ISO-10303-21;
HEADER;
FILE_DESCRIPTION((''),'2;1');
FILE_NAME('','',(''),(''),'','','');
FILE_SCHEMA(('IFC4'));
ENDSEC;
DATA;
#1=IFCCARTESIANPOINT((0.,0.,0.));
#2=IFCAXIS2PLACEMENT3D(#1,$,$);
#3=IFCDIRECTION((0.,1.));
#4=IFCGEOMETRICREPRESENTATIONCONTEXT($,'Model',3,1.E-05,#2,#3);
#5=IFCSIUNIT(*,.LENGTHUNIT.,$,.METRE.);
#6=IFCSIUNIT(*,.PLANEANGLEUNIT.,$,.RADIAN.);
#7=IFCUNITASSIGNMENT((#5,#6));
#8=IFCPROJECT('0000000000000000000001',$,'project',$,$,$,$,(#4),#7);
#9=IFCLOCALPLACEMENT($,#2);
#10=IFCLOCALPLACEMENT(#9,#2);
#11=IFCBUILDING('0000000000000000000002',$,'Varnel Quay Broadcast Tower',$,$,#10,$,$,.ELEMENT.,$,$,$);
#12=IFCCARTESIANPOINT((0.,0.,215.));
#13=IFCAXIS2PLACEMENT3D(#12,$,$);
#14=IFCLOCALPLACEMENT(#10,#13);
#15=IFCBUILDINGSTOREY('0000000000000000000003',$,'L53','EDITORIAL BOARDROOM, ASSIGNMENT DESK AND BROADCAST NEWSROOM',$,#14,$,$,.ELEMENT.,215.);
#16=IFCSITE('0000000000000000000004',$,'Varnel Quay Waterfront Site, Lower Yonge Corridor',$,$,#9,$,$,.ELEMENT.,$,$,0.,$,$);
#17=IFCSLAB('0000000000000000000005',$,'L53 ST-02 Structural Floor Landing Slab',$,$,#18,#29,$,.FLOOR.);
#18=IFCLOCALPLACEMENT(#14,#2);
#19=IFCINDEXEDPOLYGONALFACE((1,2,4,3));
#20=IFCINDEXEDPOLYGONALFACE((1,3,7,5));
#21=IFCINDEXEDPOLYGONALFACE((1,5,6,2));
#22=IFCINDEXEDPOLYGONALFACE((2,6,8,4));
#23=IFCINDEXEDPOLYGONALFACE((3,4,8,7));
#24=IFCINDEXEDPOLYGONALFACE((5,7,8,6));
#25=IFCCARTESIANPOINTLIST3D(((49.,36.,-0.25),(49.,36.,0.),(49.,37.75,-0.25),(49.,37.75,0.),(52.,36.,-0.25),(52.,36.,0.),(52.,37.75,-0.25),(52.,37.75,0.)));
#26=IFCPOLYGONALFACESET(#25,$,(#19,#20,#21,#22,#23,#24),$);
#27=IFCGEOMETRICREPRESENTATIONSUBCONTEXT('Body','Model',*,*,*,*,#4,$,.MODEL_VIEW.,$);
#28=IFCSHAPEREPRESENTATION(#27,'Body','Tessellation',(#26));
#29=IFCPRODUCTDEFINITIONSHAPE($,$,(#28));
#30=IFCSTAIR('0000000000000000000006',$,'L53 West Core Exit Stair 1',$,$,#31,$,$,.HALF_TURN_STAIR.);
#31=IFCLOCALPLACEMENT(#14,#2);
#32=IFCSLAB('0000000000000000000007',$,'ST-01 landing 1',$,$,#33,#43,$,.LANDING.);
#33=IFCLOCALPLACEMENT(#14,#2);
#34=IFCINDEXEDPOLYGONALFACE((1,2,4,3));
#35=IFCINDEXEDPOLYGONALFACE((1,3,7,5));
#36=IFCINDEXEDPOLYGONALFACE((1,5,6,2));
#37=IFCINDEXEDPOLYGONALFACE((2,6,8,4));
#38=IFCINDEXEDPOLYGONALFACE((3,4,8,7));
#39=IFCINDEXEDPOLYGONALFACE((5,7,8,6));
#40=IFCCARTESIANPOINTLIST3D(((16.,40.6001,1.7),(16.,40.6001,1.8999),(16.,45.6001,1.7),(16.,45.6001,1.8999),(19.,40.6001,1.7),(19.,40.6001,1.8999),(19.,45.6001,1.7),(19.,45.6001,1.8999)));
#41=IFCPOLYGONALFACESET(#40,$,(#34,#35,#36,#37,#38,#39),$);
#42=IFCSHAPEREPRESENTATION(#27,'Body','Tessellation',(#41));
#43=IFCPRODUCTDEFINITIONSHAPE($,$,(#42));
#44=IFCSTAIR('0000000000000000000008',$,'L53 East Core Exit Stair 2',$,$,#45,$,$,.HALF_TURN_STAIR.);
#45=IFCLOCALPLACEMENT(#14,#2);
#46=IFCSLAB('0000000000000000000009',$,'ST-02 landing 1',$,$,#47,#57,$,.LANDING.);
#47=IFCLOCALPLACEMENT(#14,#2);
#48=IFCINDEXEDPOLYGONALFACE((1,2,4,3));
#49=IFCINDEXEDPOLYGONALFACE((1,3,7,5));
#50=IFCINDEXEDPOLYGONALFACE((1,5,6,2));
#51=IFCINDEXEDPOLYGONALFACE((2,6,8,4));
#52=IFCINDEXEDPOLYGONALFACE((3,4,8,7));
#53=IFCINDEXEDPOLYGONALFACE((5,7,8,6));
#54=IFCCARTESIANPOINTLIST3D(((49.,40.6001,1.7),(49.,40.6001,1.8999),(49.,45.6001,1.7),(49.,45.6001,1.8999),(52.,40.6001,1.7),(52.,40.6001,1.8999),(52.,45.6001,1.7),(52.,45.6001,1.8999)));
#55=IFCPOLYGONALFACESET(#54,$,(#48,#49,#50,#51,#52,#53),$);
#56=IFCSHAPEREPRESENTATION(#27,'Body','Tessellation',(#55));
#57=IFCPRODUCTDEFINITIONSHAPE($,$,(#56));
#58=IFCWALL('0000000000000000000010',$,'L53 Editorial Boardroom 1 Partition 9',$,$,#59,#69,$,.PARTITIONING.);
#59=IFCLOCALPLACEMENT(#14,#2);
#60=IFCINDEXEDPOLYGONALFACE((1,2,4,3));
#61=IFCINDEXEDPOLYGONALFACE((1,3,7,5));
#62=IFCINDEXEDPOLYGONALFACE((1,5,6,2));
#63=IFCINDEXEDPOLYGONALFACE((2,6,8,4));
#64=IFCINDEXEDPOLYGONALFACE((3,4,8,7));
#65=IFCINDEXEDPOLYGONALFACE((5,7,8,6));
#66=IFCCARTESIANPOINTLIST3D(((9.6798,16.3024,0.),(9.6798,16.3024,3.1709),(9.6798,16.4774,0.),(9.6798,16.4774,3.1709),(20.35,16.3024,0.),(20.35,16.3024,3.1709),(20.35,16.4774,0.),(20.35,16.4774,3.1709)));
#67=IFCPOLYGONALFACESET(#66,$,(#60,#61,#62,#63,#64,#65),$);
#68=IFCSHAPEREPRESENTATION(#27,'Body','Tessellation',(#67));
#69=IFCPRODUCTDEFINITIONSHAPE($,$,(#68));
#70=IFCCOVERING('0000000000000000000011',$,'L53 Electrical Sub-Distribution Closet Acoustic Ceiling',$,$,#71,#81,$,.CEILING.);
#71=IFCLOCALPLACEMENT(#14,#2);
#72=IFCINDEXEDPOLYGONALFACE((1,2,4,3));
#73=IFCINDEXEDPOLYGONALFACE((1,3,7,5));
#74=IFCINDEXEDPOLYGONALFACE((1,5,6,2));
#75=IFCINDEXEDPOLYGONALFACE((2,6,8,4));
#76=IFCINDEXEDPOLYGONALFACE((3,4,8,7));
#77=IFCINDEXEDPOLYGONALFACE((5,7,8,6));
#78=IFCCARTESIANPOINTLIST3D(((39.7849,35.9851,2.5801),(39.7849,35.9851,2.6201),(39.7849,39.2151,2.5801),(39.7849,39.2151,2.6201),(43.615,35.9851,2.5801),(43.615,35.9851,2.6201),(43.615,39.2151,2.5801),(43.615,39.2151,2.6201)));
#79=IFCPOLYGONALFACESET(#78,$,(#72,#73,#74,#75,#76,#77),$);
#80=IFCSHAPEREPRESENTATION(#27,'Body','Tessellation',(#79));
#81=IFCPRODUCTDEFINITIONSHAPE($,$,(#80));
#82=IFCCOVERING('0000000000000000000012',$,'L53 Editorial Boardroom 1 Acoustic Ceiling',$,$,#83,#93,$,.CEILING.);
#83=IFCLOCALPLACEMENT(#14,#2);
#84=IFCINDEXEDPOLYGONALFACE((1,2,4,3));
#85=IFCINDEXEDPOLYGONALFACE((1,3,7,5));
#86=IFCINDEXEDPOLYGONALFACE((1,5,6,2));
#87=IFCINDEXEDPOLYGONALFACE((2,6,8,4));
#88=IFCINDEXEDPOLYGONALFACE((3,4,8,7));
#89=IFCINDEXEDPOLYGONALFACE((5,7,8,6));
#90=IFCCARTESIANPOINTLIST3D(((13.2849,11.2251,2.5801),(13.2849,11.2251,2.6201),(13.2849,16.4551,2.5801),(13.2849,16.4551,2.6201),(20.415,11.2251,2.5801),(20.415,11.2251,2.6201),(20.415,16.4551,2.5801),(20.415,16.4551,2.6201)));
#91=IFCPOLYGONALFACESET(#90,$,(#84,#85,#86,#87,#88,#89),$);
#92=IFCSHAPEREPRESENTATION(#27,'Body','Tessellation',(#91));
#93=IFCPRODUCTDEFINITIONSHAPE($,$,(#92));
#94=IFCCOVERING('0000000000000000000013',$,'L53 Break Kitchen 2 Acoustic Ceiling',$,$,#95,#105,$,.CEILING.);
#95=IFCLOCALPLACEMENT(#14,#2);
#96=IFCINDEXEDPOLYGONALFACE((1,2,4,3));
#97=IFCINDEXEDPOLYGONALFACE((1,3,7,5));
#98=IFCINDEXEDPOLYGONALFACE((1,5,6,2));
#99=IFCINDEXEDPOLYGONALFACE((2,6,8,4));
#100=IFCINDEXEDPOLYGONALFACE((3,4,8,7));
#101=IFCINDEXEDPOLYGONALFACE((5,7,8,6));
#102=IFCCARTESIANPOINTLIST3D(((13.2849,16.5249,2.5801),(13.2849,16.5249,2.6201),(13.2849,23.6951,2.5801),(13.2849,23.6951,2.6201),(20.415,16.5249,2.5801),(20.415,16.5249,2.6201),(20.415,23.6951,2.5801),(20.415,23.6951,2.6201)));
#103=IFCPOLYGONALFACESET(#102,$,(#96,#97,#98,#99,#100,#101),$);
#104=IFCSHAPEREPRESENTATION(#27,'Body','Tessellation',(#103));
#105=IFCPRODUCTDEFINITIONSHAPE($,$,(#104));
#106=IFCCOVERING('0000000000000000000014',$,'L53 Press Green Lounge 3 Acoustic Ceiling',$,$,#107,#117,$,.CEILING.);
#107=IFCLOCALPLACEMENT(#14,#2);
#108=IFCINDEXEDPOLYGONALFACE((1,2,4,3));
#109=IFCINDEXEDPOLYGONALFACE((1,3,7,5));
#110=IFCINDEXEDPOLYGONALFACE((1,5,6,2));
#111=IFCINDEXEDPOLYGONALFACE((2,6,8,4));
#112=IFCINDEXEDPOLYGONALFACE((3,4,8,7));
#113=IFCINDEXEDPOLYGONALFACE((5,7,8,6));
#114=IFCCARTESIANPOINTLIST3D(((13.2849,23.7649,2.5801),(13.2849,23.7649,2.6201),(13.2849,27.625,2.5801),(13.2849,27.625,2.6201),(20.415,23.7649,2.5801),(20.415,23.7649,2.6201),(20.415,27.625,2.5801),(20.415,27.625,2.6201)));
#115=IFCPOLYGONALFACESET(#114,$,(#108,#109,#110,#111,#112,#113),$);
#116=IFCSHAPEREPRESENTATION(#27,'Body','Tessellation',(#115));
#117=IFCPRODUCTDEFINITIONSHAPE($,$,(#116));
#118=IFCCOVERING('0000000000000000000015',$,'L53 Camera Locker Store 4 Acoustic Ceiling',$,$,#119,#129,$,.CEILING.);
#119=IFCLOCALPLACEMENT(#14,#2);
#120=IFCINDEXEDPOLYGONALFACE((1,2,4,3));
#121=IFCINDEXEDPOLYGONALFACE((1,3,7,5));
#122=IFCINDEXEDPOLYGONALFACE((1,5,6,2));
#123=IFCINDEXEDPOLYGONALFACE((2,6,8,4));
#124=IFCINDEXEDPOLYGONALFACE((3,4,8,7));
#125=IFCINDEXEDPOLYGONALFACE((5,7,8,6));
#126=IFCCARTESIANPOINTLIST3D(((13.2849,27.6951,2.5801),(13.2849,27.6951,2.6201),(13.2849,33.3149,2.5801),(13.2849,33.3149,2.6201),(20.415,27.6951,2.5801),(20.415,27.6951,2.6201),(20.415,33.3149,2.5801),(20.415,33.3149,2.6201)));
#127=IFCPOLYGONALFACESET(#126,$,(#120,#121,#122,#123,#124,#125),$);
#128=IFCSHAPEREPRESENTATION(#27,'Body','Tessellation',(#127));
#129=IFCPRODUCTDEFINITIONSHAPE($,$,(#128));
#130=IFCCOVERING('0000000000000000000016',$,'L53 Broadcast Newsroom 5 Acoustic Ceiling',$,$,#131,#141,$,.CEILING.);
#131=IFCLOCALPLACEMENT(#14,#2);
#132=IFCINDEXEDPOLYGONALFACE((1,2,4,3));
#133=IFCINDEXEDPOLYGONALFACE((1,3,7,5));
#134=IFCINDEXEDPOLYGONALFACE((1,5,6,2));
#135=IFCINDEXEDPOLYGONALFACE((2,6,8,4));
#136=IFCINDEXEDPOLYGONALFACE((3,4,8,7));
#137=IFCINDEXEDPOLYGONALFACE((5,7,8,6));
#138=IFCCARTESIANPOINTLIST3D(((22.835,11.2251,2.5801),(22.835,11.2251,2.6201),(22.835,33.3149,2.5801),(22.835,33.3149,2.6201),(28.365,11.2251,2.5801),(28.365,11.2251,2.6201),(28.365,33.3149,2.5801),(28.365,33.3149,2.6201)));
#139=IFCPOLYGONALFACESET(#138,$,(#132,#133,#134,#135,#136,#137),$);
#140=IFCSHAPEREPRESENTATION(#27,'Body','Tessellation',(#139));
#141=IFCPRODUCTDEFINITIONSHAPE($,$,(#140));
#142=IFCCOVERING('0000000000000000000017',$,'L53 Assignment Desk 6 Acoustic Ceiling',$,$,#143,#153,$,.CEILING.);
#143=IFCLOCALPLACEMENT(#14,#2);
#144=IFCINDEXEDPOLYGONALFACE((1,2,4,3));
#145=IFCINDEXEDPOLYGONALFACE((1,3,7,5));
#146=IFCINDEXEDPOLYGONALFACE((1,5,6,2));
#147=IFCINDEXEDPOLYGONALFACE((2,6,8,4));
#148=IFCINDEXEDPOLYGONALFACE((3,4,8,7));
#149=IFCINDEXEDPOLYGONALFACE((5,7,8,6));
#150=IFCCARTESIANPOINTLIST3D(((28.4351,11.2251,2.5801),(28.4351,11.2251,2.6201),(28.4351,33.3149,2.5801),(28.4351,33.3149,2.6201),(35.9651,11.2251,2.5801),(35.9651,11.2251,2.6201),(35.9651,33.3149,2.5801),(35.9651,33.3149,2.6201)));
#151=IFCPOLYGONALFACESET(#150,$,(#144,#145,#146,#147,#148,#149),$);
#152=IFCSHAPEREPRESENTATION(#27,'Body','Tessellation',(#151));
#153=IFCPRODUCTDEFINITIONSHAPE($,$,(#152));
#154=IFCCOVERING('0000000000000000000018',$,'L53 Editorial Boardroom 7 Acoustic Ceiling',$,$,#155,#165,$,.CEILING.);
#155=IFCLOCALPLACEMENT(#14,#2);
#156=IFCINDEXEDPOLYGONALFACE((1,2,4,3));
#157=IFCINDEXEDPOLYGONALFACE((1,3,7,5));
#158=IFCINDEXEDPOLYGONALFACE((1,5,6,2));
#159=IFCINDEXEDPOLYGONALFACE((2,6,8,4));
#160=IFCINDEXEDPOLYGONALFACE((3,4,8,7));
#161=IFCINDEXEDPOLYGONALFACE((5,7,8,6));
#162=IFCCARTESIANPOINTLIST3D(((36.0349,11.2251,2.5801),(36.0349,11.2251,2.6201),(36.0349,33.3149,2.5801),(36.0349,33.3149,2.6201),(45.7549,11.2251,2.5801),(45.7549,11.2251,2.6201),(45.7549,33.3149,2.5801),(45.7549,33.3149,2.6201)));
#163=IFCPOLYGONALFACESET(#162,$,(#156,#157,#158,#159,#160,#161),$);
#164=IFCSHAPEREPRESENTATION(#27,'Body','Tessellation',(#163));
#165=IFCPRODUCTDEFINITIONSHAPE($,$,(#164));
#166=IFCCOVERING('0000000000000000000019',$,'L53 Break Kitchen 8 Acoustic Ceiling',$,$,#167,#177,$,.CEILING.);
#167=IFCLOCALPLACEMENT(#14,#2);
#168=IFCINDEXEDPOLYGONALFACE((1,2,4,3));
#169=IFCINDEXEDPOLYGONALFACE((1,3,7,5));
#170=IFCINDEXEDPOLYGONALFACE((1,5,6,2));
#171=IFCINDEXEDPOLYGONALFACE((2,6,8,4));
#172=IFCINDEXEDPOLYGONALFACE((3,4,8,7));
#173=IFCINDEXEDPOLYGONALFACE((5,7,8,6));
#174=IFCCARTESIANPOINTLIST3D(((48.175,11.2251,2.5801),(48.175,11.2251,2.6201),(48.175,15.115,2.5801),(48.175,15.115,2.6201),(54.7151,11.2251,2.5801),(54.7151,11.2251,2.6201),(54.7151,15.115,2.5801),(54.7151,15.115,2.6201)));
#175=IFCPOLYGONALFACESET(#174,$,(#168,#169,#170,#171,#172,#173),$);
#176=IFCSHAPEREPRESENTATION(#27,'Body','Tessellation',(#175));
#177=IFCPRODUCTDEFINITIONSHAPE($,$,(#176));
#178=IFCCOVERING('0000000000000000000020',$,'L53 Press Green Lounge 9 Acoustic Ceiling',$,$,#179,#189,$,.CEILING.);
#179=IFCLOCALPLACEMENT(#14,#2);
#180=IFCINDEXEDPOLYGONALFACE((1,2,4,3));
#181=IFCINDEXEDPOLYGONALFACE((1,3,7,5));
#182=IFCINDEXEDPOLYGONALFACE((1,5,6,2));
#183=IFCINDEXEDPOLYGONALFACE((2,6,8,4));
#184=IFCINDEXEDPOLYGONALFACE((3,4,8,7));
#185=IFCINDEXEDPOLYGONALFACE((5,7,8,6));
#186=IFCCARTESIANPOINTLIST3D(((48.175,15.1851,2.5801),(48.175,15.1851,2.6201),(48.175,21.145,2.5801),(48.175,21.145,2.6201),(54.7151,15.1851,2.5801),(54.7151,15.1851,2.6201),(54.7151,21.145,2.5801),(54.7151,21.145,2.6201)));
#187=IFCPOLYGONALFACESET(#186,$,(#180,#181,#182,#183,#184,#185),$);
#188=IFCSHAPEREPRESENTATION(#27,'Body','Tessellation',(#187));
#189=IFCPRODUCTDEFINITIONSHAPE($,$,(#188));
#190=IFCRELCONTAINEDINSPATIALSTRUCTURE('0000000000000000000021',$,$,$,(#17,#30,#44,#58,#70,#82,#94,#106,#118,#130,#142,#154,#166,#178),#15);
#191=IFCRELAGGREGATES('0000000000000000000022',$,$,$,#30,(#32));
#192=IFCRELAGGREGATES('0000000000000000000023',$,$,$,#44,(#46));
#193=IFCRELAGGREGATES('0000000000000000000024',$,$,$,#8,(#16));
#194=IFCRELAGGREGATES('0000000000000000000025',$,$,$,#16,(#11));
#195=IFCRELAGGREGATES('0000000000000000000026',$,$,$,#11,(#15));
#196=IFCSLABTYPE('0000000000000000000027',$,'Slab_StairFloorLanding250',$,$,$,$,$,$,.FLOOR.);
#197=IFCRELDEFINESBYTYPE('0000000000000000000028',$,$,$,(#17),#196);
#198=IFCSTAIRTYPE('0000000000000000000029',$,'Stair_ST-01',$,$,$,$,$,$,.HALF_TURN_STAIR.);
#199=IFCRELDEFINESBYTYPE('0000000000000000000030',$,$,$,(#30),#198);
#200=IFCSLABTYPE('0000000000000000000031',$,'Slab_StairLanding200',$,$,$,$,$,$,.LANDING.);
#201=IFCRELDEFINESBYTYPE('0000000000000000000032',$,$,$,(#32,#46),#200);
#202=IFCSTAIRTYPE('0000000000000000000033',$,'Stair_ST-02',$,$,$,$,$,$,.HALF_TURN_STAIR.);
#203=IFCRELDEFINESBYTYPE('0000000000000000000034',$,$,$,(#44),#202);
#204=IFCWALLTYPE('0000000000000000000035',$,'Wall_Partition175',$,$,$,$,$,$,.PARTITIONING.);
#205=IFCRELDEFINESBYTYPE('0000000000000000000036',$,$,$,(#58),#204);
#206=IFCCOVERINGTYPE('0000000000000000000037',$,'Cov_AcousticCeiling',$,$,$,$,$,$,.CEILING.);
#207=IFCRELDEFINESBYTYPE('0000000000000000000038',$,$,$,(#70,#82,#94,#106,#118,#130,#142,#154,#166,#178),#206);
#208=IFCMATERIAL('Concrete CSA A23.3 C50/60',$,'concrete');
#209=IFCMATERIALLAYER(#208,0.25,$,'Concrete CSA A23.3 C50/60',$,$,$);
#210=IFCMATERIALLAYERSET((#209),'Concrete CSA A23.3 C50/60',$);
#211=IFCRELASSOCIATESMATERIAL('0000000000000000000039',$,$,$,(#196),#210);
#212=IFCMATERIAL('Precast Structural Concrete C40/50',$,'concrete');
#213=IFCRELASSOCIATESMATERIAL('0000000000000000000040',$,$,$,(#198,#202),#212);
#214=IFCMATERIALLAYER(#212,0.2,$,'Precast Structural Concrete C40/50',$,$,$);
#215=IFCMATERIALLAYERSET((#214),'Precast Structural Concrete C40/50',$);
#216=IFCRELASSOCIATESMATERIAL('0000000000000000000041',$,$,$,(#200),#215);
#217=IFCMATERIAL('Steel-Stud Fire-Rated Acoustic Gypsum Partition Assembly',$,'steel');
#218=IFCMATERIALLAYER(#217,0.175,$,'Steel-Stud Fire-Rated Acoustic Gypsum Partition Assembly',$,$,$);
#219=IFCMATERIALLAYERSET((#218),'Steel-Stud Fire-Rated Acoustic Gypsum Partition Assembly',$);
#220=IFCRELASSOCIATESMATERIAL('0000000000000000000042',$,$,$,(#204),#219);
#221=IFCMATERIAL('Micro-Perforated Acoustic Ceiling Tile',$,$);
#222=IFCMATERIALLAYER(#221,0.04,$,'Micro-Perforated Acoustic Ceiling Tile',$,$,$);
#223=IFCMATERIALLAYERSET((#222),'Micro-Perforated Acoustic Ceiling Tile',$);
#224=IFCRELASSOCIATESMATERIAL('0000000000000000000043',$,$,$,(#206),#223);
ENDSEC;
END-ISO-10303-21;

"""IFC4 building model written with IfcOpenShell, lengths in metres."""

from ifc_helpers import new_model, si_unit, direction, frame, frame_2d, origin, place, context, subcontext, project, spatial, polyline, rectangle, outline, extrude, material, layer, layer_set, type_object, element, aggregate, save


model = new_model("IFC4")

# Units and contexts
model_context = context("Model", 3, precision=1e-05, world=origin(), true_north=direction((0.0, 1.0)))
body_context = subcontext(model_context, "Body", "Model", "MODEL_VIEW")
ifc_project = project(units=[si_unit("LENGTHUNIT", "METRE"), si_unit("PLANEANGLEUNIT", "RADIAN")], contexts=[model_context])

# Site, building, storey
site_placement = place(None, origin())
site = spatial("IfcSite", under=ifc_project, at=site_placement, Name="Varnel Quay Waterfront Site, Lower Yonge Corridor", CompositionType="ELEMENT", RefElevation=0.0)
building_placement = place(site_placement, origin())
building = spatial("IfcBuilding", under=site, at=building_placement, Name="Varnel Quay Broadcast Tower", CompositionType="ELEMENT")
storey_placement = place(building_placement, frame((0.0, 0.0, 215.0)))
storey = spatial("IfcBuildingStorey", under=building, at=storey_placement, Name="L53", Description="EDITORIAL BOARDROOM, ASSIGNMENT DESK AND BROADCAST NEWSROOM", CompositionType="ELEMENT", Elevation=215.0)

# Slab
ifc_material_1 = material(Name="Concrete CSA A23.3 C50/60", Category="concrete")
ifc_layer_1 = layer(ifc_material_1, 0.25, Name="Concrete CSA A23.3 C50/60")
ifc_layer_set_1 = layer_set([ifc_layer_1], Name="Concrete CSA A23.3 C50/60")
slab_type_1 = type_object("IfcSlabType", Name="Slab_StairFloorLanding250", PredefinedType="FLOOR", material=ifc_layer_set_1)
slab_1_placement = place(storey_placement, frame((0.0, 0.0, -0.25)))
element("IfcSlab", 1, at=slab_1_placement, inside=storey, type_object=slab_type_1, Name="L53 ST-02 Structural Floor Landing Slab", PredefinedType="FLOOR", context=body_context, shape_type="SweptSolid", body=[
    extrude(outline(polyline([(52.0, 36.0), (52.0, 37.75), (49.0, 37.75), (49.0, 36.0), (52.0, 36.0)])), origin(), (0.0, 0.0, 1.0), 0.25),
])

# Stairs, slabs
ifc_material_2 = material(Name="Precast Structural Concrete C40/50", Category="concrete")
stair_type_1 = type_object("IfcStairType", Name="Stair_ST-01", PredefinedType="HALF_TURN_STAIR", material=ifc_material_2)
stair_1_placement = place(storey_placement, origin())
stair_1 = element("IfcStair", 2, at=stair_1_placement, inside=storey, type_object=stair_type_1, Name="L53 West Core Exit Stair 1", PredefinedType="HALF_TURN_STAIR")
ifc_layer_2 = layer(ifc_material_2, 0.2, Name="Precast Structural Concrete C40/50")
ifc_layer_set_2 = layer_set([ifc_layer_2], Name="Precast Structural Concrete C40/50")
slab_type_2 = type_object("IfcSlabType", Name="Slab_StairLanding200", PredefinedType="LANDING", material=ifc_layer_set_2)
slab_2_placement = place(storey_placement, frame((0.0, 0.0, 1.7)))
slab_2 = element("IfcSlab", 3, at=slab_2_placement, type_object=slab_type_2, Name="ST-01 landing 1", PredefinedType="LANDING", context=body_context, shape_type="SweptSolid", body=[
    extrude(outline(polyline([(19.0, 40.6001), (19.0, 45.6001), (16.0, 45.6001), (16.0, 40.6001), (19.0, 40.6001)])), origin(), (0.0, 0.0, 1.0), 0.2),
])
aggregate(stair_1, [slab_2])
stair_type_2 = type_object("IfcStairType", Name="Stair_ST-02", PredefinedType="HALF_TURN_STAIR", material=ifc_material_2)
stair_2_placement = place(storey_placement, origin())
stair_2 = element("IfcStair", 4, at=stair_2_placement, inside=storey, type_object=stair_type_2, Name="L53 East Core Exit Stair 2", PredefinedType="HALF_TURN_STAIR")
slab_3_placement = place(storey_placement, frame((0.0, 0.0, 1.7)))
slab_3 = element("IfcSlab", 5, at=slab_3_placement, type_object=slab_type_2, Name="ST-02 landing 1", PredefinedType="LANDING", context=body_context, shape_type="SweptSolid", body=[
    extrude(outline(polyline([(52.0, 40.6001), (52.0, 45.6001), (49.0, 45.6001), (49.0, 40.6001), (52.0, 40.6001)])), origin(), (0.0, 0.0, 1.0), 0.2),
])
aggregate(stair_2, [slab_3])

# Wall
ifc_material_3 = material(Name="Steel-Stud Fire-Rated Acoustic Gypsum Partition Assembly", Category="steel")
ifc_layer_3 = layer(ifc_material_3, 0.175, Name="Steel-Stud Fire-Rated Acoustic Gypsum Partition Assembly")
ifc_layer_set_3 = layer_set([ifc_layer_3], Name="Steel-Stud Fire-Rated Acoustic Gypsum Partition Assembly")
wall_type = type_object("IfcWallType", Name="Wall_Partition175", PredefinedType="PARTITIONING", material=ifc_layer_set_3)
wall_placement = place(storey_placement, frame((9.6799, 16.3899, 0.0), z_axis=(0.0, 0.0, 1.0), x_axis=(1.0, 0.0, 0.0)))
element("IfcWall", 6, at=wall_placement, inside=storey, type_object=wall_type, Name="L53 Editorial Boardroom 1 Partition 9", PredefinedType="PARTITIONING", context=body_context, shape_type="SweptSolid", body=[
    extrude(rectangle(XDim=10.6702, YDim=0.175, at=frame_2d((5.335, 0.0))), origin(), (0.0, 0.0, 1.0), 3.1709),
])

# Coverings
ifc_material_4 = material(Name="Micro-Perforated Acoustic Ceiling Tile")
ifc_layer_4 = layer(ifc_material_4, 0.04, Name="Micro-Perforated Acoustic Ceiling Tile")
ifc_layer_set_4 = layer_set([ifc_layer_4], Name="Micro-Perforated Acoustic Ceiling Tile")
covering_type_1 = type_object("IfcCoveringType", Name="Cov_AcousticCeiling", PredefinedType="CEILING", material=ifc_layer_set_4)
covering_1_placement = place(storey_placement, frame((0.0, 0.0, 2.5801)))
element("IfcCovering", 7, at=covering_1_placement, inside=storey, type_object=covering_type_1, Name="L53 Electrical Sub-Distribution Closet Acoustic Ceiling", PredefinedType="CEILING", context=body_context, shape_type="SweptSolid", body=[
    extrude(outline(polyline([(39.7849, 35.9851), (43.615, 35.9851), (43.615, 39.2151), (39.7849, 39.2151), (39.7849, 35.9851)])), origin(), (0.0, 0.0, 1.0), 0.04),
])
covering_2_placement = place(storey_placement, frame((0.0, 0.0, 2.5801)))
element("IfcCovering", 8, at=covering_2_placement, inside=storey, type_object=covering_type_1, Name="L53 Editorial Boardroom 1 Acoustic Ceiling", PredefinedType="CEILING", context=body_context, shape_type="SweptSolid", body=[
    extrude(outline(polyline([(13.2849, 11.2251), (20.415, 11.2251), (20.415, 16.4551), (13.2849, 16.4551), (13.2849, 11.2251)])), origin(), (0.0, 0.0, 1.0), 0.04),
])
covering_3_placement = place(storey_placement, frame((0.0, 0.0, 2.5801)))
element("IfcCovering", 9, at=covering_3_placement, inside=storey, type_object=covering_type_1, Name="L53 Break Kitchen 2 Acoustic Ceiling", PredefinedType="CEILING", context=body_context, shape_type="SweptSolid", body=[
    extrude(outline(polyline([(13.2849, 16.5249), (20.415, 16.5249), (20.415, 23.6951), (13.2849, 23.6951), (13.2849, 16.5249)])), origin(), (0.0, 0.0, 1.0), 0.04),
])
covering_4_placement = place(storey_placement, frame((0.0, 0.0, 2.5801)))
element("IfcCovering", 10, at=covering_4_placement, inside=storey, type_object=covering_type_1, Name="L53 Press Green Lounge 3 Acoustic Ceiling", PredefinedType="CEILING", context=body_context, shape_type="SweptSolid", body=[
    extrude(outline(polyline([(13.2849, 23.7649), (20.415, 23.7649), (20.415, 27.625), (13.2849, 27.625), (13.2849, 23.7649)])), origin(), (0.0, 0.0, 1.0), 0.04),
])
covering_5_placement = place(storey_placement, frame((0.0, 0.0, 2.5801)))
element("IfcCovering", 11, at=covering_5_placement, inside=storey, type_object=covering_type_1, Name="L53 Camera Locker Store 4 Acoustic Ceiling", PredefinedType="CEILING", context=body_context, shape_type="SweptSolid", body=[
    extrude(outline(polyline([(13.2849, 27.6951), (20.415, 27.6951), (20.415, 33.3149), (13.2849, 33.3149), (13.2849, 27.6951)])), origin(), (0.0, 0.0, 1.0), 0.04),
])
covering_6_placement = place(storey_placement, frame((0.0, 0.0, 2.5801)))
element("IfcCovering", 12, at=covering_6_placement, inside=storey, type_object=covering_type_1, Name="L53 Broadcast Newsroom 5 Acoustic Ceiling", PredefinedType="CEILING", context=body_context, shape_type="SweptSolid", body=[
    extrude(outline(polyline([(22.835, 11.2251), (28.365, 11.2251), (28.365, 33.3149), (22.835, 33.3149), (22.835, 11.2251)])), origin(), (0.0, 0.0, 1.0), 0.04),
])
covering_7_placement = place(storey_placement, frame((0.0, 0.0, 2.5801)))
element("IfcCovering", 13, at=covering_7_placement, inside=storey, type_object=covering_type_1, Name="L53 Assignment Desk 6 Acoustic Ceiling", PredefinedType="CEILING", context=body_context, shape_type="SweptSolid", body=[
    extrude(outline(polyline([(28.4351, 11.2251), (35.9651, 11.2251), (35.9651, 33.3149), (28.4351, 33.3149), (28.4351, 11.2251)])), origin(), (0.0, 0.0, 1.0), 0.04),
])
covering_8_placement = place(storey_placement, frame((0.0, 0.0, 2.5801)))
element("IfcCovering", 14, at=covering_8_placement, inside=storey, type_object=covering_type_1, Name="L53 Editorial Boardroom 7 Acoustic Ceiling", PredefinedType="CEILING", context=body_context, shape_type="SweptSolid", body=[
    extrude(outline(polyline([(36.0349, 11.2251), (45.7549, 11.2251), (45.7549, 33.3149), (36.0349, 33.3149), (36.0349, 11.2251)])), origin(), (0.0, 0.0, 1.0), 0.04),
])
covering_9_placement = place(storey_placement, frame((0.0, 0.0, 2.5801)))
element("IfcCovering", 15, at=covering_9_placement, inside=storey, type_object=covering_type_1, Name="L53 Break Kitchen 8 Acoustic Ceiling", PredefinedType="CEILING", context=body_context, shape_type="SweptSolid", body=[
    extrude(outline(polyline([(48.175, 11.2251), (54.7151, 11.2251), (54.7151, 15.115), (48.175, 15.115), (48.175, 11.2251)])), origin(), (0.0, 0.0, 1.0), 0.04),
])
covering_10_placement = place(storey_placement, frame((0.0, 0.0, 2.5801)))
element("IfcCovering", 16, at=covering_10_placement, inside=storey, type_object=covering_type_1, Name="L53 Press Green Lounge 9 Acoustic Ceiling", PredefinedType="CEILING", context=body_context, shape_type="SweptSolid", body=[
    extrude(outline(polyline([(48.175, 15.1851), (54.7151, 15.1851), (54.7151, 21.145), (48.175, 21.145), (48.175, 15.1851)])), origin(), (0.0, 0.0, 1.0), 0.04),
])

save(model, "model.ifc")
